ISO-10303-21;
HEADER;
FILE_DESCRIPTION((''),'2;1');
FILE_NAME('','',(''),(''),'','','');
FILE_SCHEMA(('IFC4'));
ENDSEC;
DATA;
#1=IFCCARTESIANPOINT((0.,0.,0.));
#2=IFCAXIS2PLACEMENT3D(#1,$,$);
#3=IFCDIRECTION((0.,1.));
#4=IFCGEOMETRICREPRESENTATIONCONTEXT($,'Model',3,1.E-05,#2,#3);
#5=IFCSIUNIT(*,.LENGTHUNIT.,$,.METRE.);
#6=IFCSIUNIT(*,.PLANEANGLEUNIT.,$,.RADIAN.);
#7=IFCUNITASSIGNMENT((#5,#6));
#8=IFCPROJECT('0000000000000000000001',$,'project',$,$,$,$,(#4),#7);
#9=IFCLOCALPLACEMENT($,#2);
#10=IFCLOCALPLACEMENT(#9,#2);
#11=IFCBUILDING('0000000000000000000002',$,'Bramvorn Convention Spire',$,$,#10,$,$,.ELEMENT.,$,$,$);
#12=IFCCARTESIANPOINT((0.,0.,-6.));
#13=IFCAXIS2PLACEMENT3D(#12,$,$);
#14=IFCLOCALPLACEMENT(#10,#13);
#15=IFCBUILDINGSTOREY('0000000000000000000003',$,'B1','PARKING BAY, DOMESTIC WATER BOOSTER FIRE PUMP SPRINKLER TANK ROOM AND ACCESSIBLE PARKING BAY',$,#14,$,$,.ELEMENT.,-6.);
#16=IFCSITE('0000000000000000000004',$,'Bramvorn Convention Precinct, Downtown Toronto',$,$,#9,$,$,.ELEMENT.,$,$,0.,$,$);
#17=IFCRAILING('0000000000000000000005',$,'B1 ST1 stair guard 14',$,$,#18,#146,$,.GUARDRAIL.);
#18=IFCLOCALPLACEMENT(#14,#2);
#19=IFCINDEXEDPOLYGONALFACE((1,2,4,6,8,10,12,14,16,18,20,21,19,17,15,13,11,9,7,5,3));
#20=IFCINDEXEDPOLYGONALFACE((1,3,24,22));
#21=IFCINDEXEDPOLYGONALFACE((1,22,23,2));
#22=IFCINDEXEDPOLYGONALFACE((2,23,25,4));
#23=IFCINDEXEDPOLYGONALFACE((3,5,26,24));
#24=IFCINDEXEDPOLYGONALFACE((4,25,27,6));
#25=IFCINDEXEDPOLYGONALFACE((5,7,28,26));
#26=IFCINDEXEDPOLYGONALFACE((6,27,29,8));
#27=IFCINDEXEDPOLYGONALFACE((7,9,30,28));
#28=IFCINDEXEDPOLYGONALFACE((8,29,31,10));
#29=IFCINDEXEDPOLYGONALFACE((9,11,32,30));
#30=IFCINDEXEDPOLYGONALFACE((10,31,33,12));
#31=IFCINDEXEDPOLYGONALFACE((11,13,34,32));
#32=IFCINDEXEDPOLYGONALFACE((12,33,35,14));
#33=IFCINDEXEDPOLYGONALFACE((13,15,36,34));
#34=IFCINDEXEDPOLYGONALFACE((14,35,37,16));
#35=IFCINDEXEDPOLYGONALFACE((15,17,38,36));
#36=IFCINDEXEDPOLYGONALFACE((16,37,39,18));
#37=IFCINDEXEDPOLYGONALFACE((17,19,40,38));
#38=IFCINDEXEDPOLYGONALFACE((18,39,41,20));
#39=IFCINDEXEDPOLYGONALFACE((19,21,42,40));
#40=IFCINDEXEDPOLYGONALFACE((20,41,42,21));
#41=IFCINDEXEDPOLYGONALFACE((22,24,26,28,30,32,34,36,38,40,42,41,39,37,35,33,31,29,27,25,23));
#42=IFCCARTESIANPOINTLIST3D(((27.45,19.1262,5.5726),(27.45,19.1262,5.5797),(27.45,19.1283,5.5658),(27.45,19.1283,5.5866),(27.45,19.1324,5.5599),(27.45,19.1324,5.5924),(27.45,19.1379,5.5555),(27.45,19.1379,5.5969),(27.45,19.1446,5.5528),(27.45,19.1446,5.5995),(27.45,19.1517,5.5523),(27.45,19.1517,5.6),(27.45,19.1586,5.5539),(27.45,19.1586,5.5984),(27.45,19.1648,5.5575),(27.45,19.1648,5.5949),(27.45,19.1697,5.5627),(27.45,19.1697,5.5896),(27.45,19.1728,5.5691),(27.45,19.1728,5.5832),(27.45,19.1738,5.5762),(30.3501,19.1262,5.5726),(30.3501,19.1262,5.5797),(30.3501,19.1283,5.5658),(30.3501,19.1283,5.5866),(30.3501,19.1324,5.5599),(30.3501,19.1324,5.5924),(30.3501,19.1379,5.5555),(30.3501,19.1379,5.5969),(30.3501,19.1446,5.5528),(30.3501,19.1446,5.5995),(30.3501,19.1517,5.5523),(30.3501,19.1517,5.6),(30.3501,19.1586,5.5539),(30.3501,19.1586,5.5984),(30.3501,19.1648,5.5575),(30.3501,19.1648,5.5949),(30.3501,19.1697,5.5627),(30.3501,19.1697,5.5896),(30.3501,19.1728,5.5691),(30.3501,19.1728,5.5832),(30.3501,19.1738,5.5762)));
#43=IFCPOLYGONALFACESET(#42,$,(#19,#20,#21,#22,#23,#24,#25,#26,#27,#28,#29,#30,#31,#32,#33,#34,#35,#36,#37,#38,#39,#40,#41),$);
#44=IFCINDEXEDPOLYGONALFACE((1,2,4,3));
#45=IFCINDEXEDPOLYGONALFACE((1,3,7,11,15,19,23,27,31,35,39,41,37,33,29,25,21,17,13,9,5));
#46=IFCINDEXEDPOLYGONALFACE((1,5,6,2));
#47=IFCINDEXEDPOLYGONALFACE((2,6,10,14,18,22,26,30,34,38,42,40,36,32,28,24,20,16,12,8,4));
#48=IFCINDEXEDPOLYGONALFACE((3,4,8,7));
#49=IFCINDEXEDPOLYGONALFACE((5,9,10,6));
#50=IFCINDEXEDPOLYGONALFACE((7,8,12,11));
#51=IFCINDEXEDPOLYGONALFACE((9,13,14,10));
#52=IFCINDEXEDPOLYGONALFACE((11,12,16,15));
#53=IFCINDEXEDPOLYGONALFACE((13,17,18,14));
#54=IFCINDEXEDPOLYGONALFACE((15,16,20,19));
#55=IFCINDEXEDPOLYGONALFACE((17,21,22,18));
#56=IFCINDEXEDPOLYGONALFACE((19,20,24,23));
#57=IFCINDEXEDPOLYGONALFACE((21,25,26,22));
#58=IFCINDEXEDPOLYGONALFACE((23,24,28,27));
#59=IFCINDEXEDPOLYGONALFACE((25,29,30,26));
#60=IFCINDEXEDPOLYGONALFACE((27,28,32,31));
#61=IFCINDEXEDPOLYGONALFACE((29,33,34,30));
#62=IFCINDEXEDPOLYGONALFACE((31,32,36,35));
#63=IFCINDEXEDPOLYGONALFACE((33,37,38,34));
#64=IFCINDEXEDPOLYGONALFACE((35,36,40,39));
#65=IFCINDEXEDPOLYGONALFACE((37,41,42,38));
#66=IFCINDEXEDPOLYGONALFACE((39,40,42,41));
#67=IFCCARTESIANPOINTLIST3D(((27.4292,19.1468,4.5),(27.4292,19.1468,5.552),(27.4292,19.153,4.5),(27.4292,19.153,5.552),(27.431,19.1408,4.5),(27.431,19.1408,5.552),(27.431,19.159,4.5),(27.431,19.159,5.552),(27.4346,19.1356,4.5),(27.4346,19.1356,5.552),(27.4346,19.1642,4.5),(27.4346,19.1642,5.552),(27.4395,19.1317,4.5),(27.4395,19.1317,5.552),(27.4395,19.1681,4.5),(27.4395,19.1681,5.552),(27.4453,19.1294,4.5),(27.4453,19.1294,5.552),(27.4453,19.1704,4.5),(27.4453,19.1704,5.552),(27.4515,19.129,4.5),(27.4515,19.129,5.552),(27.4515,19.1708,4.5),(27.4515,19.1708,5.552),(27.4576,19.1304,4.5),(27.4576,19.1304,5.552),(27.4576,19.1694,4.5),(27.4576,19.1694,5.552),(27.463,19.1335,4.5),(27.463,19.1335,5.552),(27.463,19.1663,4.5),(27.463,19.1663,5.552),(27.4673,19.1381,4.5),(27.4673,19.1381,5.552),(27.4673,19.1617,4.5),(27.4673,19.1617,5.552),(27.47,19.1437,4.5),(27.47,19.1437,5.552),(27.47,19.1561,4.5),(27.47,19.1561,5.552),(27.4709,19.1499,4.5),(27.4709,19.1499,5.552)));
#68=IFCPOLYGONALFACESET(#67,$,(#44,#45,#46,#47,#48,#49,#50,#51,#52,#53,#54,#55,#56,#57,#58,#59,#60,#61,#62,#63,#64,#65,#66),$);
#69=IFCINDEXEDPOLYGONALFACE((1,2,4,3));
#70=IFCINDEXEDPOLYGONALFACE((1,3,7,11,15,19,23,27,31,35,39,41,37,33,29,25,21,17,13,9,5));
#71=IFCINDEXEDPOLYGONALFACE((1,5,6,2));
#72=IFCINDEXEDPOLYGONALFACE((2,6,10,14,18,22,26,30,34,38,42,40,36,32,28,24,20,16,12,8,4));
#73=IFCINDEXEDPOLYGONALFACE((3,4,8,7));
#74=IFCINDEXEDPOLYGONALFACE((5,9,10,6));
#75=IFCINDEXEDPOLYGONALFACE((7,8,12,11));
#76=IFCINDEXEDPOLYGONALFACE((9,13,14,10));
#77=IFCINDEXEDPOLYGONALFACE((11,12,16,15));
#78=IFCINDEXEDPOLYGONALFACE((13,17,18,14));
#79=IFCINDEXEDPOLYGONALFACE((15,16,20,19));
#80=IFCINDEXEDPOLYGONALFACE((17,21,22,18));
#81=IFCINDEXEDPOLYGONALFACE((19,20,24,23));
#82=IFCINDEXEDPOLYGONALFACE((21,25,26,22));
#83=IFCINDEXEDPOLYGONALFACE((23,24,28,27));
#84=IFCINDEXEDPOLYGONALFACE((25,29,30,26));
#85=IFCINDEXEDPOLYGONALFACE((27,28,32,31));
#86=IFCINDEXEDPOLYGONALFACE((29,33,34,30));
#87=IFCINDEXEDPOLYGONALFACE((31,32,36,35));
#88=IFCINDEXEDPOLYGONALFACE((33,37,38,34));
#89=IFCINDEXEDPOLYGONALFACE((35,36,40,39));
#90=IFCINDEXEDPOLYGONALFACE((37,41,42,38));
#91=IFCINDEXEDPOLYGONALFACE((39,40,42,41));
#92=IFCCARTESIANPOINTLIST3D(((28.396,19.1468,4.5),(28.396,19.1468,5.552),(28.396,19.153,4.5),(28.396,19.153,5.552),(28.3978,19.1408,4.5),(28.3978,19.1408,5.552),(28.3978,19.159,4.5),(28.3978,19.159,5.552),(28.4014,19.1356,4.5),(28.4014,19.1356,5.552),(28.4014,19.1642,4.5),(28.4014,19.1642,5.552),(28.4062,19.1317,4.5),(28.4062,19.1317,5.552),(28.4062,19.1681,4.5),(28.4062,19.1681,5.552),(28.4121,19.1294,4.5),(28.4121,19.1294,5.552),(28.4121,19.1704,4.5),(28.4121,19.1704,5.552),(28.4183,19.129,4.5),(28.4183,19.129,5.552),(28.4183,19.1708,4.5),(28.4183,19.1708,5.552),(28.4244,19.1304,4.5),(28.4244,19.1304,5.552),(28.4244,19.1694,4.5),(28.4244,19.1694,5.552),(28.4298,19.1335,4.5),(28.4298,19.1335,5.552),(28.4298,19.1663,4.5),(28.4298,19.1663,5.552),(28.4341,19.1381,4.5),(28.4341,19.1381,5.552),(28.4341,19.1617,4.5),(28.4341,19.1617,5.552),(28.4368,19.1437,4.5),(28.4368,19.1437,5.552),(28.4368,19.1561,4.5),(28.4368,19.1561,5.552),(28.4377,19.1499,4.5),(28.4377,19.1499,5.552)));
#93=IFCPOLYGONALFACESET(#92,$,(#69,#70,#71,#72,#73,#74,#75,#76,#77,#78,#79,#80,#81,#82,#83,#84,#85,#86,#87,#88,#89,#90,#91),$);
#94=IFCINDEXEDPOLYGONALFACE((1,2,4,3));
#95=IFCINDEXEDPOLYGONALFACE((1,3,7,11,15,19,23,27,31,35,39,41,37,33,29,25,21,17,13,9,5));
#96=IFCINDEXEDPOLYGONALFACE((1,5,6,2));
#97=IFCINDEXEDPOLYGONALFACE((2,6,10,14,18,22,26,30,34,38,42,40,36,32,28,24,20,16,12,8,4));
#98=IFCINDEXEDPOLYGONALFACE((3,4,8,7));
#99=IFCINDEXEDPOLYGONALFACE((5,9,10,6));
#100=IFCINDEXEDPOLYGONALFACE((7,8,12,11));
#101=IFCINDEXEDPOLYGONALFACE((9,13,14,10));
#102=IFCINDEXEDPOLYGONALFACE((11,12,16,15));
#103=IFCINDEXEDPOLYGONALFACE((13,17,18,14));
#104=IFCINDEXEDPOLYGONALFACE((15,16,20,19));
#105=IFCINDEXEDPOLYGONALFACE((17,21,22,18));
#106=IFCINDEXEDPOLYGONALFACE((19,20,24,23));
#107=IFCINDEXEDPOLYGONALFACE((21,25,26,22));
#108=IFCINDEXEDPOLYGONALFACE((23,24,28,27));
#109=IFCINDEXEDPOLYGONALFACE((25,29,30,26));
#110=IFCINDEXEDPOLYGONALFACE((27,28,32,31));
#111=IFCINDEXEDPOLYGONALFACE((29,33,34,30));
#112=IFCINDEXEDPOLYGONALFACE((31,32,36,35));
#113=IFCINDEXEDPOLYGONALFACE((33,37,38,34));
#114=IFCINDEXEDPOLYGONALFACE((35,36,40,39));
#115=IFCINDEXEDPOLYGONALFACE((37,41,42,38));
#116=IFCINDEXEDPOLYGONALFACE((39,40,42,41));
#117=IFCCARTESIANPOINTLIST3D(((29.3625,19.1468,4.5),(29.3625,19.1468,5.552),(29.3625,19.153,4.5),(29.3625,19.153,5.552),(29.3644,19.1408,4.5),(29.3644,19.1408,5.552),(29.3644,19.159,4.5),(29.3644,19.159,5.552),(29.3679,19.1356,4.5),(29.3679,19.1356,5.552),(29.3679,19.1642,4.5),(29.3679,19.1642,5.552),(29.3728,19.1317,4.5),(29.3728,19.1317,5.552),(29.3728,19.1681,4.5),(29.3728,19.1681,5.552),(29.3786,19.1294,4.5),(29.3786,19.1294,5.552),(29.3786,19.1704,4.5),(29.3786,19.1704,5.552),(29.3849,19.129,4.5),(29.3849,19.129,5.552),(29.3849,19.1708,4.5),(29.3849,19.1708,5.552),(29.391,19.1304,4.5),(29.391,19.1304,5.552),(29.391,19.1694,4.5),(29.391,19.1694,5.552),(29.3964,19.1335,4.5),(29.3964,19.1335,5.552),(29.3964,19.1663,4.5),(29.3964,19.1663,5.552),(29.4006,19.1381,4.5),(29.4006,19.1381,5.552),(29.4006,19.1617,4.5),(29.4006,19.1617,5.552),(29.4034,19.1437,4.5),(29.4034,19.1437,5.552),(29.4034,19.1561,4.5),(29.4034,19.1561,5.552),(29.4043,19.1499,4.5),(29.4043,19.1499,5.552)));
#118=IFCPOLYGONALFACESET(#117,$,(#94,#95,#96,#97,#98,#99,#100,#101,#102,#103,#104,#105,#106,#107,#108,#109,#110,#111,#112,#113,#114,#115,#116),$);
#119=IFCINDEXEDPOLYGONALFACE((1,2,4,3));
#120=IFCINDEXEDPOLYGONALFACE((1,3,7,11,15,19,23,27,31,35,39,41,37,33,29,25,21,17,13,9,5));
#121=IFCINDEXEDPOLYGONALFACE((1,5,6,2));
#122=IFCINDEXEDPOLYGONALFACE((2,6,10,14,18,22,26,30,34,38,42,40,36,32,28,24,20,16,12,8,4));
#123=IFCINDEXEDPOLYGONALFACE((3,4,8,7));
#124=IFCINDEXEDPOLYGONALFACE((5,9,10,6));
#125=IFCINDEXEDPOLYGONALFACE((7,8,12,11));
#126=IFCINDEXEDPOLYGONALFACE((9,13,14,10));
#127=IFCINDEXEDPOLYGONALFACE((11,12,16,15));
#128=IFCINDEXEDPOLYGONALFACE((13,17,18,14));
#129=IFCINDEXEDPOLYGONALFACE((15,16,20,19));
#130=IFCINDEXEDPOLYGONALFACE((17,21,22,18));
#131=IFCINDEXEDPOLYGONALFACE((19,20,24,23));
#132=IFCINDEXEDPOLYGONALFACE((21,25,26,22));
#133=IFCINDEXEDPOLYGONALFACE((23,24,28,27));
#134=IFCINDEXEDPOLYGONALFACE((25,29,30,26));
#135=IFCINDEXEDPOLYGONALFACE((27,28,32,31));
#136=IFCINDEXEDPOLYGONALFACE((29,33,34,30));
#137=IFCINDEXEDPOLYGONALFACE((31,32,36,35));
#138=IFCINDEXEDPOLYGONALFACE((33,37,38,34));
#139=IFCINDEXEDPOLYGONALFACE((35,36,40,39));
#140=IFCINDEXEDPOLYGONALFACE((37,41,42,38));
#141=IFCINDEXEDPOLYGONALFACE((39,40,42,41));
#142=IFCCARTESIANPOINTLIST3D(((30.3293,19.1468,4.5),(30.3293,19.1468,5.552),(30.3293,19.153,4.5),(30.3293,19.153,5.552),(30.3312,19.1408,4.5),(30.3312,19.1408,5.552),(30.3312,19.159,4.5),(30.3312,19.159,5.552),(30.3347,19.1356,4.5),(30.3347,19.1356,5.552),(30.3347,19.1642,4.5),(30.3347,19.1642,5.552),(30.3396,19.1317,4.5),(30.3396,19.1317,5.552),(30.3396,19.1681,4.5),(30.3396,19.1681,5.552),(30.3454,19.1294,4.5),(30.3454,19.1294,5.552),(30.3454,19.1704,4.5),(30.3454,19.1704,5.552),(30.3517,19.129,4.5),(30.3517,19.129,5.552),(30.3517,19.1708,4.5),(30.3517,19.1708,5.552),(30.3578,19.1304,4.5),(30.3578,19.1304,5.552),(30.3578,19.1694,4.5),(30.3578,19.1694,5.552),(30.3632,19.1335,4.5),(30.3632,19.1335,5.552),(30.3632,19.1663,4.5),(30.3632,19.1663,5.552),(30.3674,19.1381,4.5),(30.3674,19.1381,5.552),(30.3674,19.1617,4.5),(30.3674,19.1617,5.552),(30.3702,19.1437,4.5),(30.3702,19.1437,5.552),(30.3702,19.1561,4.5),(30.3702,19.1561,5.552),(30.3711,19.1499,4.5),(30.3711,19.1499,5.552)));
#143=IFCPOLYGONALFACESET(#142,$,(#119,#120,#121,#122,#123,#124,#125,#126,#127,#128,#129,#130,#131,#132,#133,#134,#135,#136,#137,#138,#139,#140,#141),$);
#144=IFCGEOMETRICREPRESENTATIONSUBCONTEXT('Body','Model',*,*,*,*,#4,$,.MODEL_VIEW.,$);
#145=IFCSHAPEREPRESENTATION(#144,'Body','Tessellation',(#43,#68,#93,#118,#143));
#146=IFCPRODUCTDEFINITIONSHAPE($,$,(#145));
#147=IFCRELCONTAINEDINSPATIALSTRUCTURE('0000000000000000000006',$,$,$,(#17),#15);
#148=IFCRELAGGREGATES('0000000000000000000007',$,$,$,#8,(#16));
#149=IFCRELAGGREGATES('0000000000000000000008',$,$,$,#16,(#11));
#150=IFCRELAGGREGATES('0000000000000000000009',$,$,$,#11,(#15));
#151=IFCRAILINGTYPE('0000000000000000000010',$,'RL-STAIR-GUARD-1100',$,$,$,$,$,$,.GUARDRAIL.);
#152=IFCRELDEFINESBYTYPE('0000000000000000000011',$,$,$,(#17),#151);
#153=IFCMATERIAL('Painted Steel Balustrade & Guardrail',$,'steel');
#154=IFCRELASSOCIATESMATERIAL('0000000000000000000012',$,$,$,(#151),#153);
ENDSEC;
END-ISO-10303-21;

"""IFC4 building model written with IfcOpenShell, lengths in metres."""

from ifc_helpers import new_model, si_unit, direction, frame, origin, origin_2d, place, context, subcontext, project, spatial, circle, extrude, material, type_object, element, save


model = new_model("IFC4")

# Units and contexts
model_context = context("Model", 3, precision=1e-05, world=origin(), true_north=direction((0.0, 1.0)))
body_context = subcontext(model_context, "Body", "Model", "MODEL_VIEW")
ifc_project = project(units=[si_unit("LENGTHUNIT", "METRE"), si_unit("PLANEANGLEUNIT", "RADIAN")], contexts=[model_context])

# Site, building, storey
site_placement = place(None, origin())
site = spatial("IfcSite", under=ifc_project, at=site_placement, Name="Bramvorn Convention Precinct, Downtown Toronto", CompositionType="ELEMENT", RefElevation=0.0)
building_placement = place(site_placement, origin())
building = spatial("IfcBuilding", under=site, at=building_placement, Name="Bramvorn Convention Spire", CompositionType="ELEMENT")
storey_placement = place(building_placement, frame((0.0, 0.0, -6.0)))
storey = spatial("IfcBuildingStorey", under=building, at=storey_placement, Name="B1", Description="PARKING BAY, DOMESTIC WATER BOOSTER FIRE PUMP SPRINKLER TANK ROOM AND ACCESSIBLE PARKING BAY", CompositionType="ELEMENT", Elevation=-6.0)

# Railing
ifc_material_1 = material(Name="Painted Steel Balustrade & Guardrail", Category="steel")
railing_type = type_object("IfcRailingType", Name="RL-STAIR-GUARD-1100", PredefinedType="GUARDRAIL", material=ifc_material_1)
for number, where, name in (
    (1, (27.45, 19.1499, 4.5), "B1 ST1 stair guard 14"),
):
    element("IfcRailing", number, at=place(storey_placement, frame(where)), inside=storey, type_object=railing_type, Name=name, PredefinedType="GUARDRAIL", context=body_context, shape_type="SweptSolid", body=[
        extrude(circle(Radius=0.0239, at=origin_2d()), frame((0.0, 0.0, 1.0762), z_axis=(1.0, 0.0, 0.0), x_axis=(0.0, 1.0, 0.0)), (0.0, 0.0, 1.0), 2.9001),
        extrude(circle(Radius=0.021, at=origin_2d()), origin(), (0.0, 0.0, 1.0), 1.052),
        extrude(circle(Radius=0.021, at=origin_2d()), frame((0.9668, 0.0, 0.0)), (0.0, 0.0, 1.0), 1.052),
        extrude(circle(Radius=0.021, at=origin_2d()), frame((1.9333, 0.0, 0.0)), (0.0, 0.0, 1.0), 1.052),
        extrude(circle(Radius=0.021, at=origin_2d()), frame((2.9001, 0.0, 0.0)), (0.0, 0.0, 1.0), 1.052),
    ])

save(model, "model.ifc")
